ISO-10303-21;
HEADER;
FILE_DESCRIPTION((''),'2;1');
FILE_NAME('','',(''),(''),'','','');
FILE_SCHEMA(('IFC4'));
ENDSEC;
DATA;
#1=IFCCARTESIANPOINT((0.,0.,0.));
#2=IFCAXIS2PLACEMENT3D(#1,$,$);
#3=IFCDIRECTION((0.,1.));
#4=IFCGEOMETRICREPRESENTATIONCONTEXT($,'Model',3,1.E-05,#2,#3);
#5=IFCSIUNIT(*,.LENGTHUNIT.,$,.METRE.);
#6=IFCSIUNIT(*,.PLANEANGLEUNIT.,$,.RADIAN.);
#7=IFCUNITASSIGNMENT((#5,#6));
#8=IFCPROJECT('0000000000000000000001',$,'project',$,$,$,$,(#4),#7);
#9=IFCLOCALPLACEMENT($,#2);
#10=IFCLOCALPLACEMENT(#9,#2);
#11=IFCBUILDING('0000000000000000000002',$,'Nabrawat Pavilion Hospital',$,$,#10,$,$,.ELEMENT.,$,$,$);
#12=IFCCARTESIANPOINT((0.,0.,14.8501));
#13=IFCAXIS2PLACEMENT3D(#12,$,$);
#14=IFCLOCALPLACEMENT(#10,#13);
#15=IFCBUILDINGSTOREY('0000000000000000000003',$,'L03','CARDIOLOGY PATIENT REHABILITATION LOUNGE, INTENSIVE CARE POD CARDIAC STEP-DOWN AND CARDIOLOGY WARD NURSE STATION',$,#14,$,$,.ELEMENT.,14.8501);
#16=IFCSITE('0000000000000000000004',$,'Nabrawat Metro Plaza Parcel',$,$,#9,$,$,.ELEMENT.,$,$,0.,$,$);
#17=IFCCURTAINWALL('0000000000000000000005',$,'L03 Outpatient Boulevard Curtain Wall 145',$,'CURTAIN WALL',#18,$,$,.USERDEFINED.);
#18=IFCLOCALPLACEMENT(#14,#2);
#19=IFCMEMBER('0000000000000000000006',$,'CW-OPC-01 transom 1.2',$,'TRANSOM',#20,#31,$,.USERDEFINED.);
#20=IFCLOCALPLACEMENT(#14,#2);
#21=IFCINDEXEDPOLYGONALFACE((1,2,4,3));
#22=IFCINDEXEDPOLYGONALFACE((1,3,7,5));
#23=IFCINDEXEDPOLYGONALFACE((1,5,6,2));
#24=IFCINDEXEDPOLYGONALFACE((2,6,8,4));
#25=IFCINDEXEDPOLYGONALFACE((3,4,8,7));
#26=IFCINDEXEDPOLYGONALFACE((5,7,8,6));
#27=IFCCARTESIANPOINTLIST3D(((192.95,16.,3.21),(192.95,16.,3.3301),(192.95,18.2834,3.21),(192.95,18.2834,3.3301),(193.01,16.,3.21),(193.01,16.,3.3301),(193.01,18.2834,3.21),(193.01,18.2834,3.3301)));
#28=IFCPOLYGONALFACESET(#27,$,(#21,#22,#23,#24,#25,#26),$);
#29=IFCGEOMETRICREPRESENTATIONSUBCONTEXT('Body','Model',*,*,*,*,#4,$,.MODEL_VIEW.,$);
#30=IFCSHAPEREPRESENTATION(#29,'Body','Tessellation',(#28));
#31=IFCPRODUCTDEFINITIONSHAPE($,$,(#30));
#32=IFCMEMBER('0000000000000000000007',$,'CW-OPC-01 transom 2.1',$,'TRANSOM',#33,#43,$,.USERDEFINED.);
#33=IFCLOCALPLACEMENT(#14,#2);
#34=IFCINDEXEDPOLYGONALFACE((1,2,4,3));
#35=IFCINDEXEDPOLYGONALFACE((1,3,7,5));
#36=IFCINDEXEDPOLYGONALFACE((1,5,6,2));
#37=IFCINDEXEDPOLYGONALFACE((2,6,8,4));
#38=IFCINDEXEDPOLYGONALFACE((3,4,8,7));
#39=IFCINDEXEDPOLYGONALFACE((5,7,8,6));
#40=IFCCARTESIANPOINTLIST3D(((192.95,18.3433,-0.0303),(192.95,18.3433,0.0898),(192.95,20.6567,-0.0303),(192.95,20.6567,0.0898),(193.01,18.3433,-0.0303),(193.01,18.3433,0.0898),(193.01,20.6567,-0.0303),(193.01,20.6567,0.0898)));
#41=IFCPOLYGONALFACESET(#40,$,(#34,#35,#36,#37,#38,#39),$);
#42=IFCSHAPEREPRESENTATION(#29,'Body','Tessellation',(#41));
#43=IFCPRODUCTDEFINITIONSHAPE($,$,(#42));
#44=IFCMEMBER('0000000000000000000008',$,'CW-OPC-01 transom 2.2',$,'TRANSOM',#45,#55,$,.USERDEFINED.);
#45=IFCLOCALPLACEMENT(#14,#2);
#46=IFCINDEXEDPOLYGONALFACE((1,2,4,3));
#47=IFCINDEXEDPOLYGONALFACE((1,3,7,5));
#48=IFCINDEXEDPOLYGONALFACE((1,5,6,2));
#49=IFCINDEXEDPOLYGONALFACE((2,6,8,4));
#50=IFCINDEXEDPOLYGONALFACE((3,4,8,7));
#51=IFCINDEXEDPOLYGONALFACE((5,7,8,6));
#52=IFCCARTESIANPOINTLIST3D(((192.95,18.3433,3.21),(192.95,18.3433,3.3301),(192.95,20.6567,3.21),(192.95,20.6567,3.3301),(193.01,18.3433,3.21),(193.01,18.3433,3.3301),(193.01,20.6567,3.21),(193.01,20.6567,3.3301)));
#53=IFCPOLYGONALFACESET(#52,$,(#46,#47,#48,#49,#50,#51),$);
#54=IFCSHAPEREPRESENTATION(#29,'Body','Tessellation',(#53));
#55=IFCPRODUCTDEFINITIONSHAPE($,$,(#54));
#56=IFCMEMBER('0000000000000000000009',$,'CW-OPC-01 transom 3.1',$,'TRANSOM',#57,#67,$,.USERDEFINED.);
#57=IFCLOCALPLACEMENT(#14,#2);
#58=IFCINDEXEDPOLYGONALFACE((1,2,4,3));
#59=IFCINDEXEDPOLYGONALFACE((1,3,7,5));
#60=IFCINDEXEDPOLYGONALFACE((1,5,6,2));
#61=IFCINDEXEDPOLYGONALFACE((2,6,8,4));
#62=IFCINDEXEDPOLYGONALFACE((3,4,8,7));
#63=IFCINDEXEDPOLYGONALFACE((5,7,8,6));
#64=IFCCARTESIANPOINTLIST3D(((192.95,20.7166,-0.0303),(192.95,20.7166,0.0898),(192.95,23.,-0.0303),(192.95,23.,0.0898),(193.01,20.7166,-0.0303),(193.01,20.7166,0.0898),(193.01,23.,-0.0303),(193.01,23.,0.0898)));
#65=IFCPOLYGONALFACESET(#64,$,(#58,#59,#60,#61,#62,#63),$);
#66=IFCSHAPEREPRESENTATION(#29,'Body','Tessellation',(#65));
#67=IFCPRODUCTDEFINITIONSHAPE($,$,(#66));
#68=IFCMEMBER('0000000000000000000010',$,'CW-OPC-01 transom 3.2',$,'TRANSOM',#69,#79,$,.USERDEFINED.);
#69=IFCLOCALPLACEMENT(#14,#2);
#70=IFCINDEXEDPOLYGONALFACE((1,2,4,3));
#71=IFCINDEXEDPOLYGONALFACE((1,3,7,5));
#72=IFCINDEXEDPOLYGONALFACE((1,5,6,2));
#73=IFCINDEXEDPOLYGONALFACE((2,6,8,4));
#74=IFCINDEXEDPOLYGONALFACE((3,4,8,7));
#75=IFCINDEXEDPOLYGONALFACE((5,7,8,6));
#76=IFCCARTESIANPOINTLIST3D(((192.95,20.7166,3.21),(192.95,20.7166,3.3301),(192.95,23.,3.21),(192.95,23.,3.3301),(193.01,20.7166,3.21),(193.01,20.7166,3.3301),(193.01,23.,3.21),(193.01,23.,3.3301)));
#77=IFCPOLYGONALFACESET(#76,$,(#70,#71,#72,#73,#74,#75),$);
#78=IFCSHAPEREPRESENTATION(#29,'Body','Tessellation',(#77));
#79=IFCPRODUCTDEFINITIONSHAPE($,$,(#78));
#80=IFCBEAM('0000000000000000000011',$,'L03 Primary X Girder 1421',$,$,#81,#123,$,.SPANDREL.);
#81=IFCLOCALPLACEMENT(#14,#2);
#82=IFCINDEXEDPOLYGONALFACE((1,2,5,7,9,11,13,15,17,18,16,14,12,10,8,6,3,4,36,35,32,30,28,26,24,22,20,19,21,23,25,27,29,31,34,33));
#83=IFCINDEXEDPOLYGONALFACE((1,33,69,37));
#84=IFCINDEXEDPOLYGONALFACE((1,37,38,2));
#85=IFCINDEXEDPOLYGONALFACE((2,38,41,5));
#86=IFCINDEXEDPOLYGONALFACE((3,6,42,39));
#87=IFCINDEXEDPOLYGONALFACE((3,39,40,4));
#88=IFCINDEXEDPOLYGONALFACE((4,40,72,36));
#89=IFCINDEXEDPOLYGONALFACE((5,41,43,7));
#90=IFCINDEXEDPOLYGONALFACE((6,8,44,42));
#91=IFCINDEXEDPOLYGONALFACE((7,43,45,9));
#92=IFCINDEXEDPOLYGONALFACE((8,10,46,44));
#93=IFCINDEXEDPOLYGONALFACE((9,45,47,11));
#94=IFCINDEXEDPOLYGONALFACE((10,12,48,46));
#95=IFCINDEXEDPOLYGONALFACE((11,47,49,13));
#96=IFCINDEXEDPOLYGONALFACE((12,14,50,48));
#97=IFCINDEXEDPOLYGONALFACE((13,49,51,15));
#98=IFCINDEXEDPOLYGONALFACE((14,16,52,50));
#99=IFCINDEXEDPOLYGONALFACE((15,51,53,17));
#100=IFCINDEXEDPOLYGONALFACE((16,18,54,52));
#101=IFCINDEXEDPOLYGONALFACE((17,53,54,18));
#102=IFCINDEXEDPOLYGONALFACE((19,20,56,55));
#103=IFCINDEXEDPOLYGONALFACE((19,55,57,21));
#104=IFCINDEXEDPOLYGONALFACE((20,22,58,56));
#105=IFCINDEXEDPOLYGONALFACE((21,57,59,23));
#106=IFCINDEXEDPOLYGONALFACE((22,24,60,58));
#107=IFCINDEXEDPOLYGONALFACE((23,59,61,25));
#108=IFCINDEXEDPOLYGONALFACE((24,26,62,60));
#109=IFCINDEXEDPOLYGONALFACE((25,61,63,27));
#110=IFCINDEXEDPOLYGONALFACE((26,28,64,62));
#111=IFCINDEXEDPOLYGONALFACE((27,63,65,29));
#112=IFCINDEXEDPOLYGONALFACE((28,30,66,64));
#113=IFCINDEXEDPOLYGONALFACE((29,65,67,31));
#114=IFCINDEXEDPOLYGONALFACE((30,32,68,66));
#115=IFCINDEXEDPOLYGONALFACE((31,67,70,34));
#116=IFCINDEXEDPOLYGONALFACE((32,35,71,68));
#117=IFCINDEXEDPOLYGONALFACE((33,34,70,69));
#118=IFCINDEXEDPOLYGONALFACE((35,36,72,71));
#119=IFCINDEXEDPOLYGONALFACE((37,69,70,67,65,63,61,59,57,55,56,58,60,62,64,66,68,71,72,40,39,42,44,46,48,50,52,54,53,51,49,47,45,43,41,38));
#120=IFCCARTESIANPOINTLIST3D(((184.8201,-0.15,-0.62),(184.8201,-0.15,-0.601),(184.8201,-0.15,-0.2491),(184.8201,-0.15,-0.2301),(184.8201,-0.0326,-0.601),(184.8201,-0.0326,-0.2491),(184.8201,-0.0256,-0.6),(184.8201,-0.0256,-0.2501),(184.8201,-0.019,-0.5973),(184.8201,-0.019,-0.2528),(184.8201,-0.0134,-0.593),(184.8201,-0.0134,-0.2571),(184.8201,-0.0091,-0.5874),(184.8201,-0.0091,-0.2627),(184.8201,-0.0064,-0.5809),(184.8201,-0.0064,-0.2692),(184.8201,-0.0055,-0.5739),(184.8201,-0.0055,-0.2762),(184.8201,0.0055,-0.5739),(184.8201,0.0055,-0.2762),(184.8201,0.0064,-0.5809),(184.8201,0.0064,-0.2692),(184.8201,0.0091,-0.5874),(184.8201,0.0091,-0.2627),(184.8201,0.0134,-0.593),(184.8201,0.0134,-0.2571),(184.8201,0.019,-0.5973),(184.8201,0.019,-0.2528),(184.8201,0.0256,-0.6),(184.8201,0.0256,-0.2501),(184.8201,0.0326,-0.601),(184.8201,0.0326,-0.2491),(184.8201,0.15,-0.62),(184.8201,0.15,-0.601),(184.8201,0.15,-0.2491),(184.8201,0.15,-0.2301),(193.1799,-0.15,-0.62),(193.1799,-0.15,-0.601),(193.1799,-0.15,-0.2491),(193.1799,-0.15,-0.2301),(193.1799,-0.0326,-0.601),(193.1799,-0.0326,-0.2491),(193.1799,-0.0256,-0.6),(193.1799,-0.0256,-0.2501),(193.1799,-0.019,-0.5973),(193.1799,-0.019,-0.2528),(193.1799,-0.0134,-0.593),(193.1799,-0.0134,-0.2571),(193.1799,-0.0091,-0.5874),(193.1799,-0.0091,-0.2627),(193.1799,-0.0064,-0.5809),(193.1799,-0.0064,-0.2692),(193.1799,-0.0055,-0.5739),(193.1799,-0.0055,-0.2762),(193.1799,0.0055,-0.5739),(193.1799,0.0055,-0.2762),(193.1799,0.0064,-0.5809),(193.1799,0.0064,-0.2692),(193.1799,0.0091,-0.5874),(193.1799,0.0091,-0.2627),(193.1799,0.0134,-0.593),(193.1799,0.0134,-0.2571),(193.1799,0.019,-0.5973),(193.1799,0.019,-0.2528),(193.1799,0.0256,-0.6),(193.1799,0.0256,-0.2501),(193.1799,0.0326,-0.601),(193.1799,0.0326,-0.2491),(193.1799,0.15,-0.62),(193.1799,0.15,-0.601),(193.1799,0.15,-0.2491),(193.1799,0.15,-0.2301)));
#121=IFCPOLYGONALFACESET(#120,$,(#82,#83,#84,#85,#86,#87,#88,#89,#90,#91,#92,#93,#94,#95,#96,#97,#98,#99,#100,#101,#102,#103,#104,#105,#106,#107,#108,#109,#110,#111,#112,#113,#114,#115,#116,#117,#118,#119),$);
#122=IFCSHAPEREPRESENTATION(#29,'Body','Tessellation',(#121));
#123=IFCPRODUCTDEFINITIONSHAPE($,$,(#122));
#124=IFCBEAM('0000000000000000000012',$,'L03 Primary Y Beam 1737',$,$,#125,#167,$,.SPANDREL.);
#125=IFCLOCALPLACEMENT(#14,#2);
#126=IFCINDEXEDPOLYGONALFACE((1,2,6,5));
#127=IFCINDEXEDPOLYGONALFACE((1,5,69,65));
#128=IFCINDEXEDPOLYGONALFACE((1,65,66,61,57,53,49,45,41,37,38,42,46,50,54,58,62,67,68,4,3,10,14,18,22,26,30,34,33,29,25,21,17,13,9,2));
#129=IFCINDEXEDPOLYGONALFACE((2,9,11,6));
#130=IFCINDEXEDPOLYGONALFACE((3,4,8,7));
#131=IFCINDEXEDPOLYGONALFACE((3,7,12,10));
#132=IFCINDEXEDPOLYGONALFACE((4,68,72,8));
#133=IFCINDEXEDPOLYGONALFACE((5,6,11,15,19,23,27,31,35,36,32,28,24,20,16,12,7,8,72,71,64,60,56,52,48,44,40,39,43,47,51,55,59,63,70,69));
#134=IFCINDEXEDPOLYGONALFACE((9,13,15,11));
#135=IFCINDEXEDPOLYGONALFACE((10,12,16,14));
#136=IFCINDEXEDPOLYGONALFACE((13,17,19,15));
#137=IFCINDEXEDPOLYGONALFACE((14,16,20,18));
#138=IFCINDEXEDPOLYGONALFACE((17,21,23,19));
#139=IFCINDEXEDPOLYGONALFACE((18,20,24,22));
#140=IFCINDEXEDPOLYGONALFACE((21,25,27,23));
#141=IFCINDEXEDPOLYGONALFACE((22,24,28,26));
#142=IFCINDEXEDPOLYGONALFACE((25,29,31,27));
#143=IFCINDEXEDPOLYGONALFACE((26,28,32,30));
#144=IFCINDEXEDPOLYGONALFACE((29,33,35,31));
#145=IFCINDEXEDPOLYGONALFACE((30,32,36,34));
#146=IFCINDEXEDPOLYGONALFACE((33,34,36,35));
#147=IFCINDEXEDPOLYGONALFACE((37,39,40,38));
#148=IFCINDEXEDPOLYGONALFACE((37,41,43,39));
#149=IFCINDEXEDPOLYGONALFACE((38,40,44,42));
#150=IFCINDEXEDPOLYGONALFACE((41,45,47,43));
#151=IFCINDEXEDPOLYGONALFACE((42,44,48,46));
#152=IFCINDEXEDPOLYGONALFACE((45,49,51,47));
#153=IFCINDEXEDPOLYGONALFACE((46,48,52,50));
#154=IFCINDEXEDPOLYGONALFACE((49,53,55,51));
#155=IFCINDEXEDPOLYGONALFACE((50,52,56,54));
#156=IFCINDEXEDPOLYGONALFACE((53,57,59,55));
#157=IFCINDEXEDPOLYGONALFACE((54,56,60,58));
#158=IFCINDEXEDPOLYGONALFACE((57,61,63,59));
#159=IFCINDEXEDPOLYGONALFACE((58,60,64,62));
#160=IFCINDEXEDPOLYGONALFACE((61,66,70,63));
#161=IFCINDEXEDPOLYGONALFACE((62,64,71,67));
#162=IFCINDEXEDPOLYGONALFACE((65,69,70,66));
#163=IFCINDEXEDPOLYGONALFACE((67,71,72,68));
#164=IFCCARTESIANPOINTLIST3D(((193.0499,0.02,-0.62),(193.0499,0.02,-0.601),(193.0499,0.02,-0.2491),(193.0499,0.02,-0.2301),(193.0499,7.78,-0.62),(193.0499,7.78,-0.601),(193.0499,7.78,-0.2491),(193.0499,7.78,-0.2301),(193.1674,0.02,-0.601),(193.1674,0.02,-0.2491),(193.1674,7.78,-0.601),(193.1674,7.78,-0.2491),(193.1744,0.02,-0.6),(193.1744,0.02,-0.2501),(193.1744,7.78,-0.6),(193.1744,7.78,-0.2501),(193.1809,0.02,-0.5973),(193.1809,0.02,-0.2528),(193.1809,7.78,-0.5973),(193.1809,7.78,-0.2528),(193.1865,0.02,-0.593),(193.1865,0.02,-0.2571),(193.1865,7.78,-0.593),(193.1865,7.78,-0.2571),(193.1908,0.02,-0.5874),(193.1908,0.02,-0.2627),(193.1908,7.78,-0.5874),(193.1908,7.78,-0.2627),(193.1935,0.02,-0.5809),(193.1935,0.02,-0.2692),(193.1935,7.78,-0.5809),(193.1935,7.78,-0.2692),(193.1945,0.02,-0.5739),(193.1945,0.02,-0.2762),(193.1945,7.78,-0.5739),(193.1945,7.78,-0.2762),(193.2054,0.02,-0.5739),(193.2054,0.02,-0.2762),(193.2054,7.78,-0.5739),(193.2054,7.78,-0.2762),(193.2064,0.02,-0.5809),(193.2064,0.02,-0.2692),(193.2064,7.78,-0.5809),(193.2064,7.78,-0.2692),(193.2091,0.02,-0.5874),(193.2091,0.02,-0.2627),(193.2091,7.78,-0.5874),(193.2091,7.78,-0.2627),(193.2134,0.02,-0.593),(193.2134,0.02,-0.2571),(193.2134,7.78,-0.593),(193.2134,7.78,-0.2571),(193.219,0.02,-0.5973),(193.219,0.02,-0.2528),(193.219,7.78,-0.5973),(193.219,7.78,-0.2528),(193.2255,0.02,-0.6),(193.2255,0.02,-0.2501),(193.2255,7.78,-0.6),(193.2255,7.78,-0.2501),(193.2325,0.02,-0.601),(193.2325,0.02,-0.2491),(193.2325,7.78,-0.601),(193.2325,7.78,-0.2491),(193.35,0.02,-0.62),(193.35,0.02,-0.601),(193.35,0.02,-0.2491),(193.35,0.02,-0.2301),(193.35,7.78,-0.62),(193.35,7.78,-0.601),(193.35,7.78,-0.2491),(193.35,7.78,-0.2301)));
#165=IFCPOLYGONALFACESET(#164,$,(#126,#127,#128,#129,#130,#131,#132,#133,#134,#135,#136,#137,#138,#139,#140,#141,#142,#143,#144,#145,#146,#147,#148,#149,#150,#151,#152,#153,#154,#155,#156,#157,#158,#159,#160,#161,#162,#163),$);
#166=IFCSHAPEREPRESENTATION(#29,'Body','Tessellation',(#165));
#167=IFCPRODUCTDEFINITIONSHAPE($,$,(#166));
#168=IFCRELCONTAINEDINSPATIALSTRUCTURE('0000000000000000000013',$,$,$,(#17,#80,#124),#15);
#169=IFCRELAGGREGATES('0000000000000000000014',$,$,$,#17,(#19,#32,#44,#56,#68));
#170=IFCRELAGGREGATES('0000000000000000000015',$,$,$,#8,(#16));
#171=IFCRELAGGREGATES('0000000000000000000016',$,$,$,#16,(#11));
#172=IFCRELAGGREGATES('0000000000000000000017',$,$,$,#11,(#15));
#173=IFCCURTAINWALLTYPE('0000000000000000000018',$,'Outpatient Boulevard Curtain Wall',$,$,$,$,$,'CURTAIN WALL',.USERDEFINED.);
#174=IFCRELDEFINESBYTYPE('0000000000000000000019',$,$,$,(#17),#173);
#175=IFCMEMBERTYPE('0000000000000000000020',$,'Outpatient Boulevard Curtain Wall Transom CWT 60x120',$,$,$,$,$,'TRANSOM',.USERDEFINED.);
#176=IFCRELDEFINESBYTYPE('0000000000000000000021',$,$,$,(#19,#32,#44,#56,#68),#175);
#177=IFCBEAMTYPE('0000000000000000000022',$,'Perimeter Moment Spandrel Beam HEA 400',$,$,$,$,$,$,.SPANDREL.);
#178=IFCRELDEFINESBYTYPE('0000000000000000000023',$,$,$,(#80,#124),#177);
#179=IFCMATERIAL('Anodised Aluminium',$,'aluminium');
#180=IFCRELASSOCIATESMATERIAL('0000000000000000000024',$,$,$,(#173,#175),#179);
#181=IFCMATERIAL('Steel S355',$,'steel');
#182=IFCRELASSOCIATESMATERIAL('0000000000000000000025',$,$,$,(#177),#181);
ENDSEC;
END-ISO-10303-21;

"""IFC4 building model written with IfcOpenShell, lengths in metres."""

from ifc_helpers import new_model, si_unit, direction, frame, origin, origin_2d, place, context, subcontext, project, spatial, rectangle, i_section, extrude, material, material_profile, profile_set, type_object, element, aggregate, save


model = new_model("IFC4")

# Units and contexts
model_context = context("Model", 3, precision=1e-05, world=origin(), true_north=direction((0.0, 1.0)))
body_context = subcontext(model_context, "Body", "Model", "MODEL_VIEW")
ifc_project = project(units=[si_unit("LENGTHUNIT", "METRE"), si_unit("PLANEANGLEUNIT", "RADIAN")], contexts=[model_context])

# Site, building, storey
site_placement = place(None, origin())
site = spatial("IfcSite", under=ifc_project, at=site_placement, Name="Nabrawat Metro Plaza Parcel", CompositionType="ELEMENT", RefElevation=0.0)
building_placement = place(site_placement, origin())
building = spatial("IfcBuilding", under=site, at=building_placement, Name="Nabrawat Pavilion Hospital", CompositionType="ELEMENT")
storey_placement = place(building_placement, frame((0.0, 0.0, 14.8501)))
storey = spatial("IfcBuildingStorey", under=building, at=storey_placement, Name="L03", Description="CARDIOLOGY PATIENT REHABILITATION LOUNGE, INTENSIVE CARE POD CARDIAC STEP-DOWN AND CARDIOLOGY WARD NURSE STATION", CompositionType="ELEMENT", Elevation=14.8501)

# Shared definitions
ifc_material_1 = material(Name="Steel S355", Category="steel")

# Curtain wall, members
ifc_material_2 = material(Name="Anodised Aluminium", Category="aluminium")
curtain_wall_type = type_object("IfcCurtainWallType", Name="Outpatient Boulevard Curtain Wall", ElementType="CURTAIN WALL", PredefinedType="USERDEFINED", material=ifc_material_2)
curtain_wall_placement = place(storey_placement, origin())
curtain_wall = element("IfcCurtainWall", 1, at=curtain_wall_placement, inside=storey, type_object=curtain_wall_type, Name="L03 Outpatient Boulevard Curtain Wall 145", ObjectType="CURTAIN WALL", PredefinedType="USERDEFINED")
ifc_material_profile_1 = material_profile(ifc_material_2, rectangle(XDim=0.0601, YDim=0.1201, at=origin_2d()), Name="CWT 60x120")
ifc_profile_set_1 = profile_set([ifc_material_profile_1], Name="Anodised Aluminium")
member_type_1 = type_object("IfcMemberType", Name="Outpatient Boulevard Curtain Wall Transom CWT 60x120", ElementType="TRANSOM", PredefinedType="USERDEFINED", material=ifc_profile_set_1)
member_1_placement = place(storey_placement, frame((192.98, 16.0, 3.27), z_axis=(0.0, 1.0, 0.0), x_axis=(-1.0, 0.0, 0.0)))
member_1 = element("IfcMember", 2, at=member_1_placement, type_object=member_type_1, Name="CW-OPC-01 transom 1.2", ObjectType="TRANSOM", PredefinedType="USERDEFINED", context=body_context, shape_type="SweptSolid", body=[
    extrude(rectangle(XDim=0.0601, YDim=0.1201, at=origin_2d()), origin(), (0.0, 0.0, 1.0), 2.2834),
])
member_2_placement = place(storey_placement, frame((192.98, 18.3433, 0.0298), z_axis=(0.0, 1.0, 0.0), x_axis=(-1.0, 0.0, 0.0)))
member_2 = element("IfcMember", 3, at=member_2_placement, type_object=member_type_1, Name="CW-OPC-01 transom 2.1", ObjectType="TRANSOM", PredefinedType="USERDEFINED", context=body_context, shape_type="SweptSolid", body=[
    extrude(rectangle(XDim=0.0601, YDim=0.1201, at=origin_2d()), origin(), (0.0, 0.0, 1.0), 2.3135),
])
member_3_placement = place(storey_placement, frame((192.98, 18.3433, 3.27), z_axis=(0.0, 1.0, 0.0), x_axis=(-1.0, 0.0, 0.0)))
member_3 = element("IfcMember", 4, at=member_3_placement, type_object=member_type_1, Name="CW-OPC-01 transom 2.2", ObjectType="TRANSOM", PredefinedType="USERDEFINED", context=body_context, shape_type="SweptSolid", body=[
    extrude(rectangle(XDim=0.0601, YDim=0.1201, at=origin_2d()), origin(), (0.0, 0.0, 1.0), 2.3135),
])
member_4_placement = place(storey_placement, frame((192.98, 20.7166, 0.0298), z_axis=(0.0, 1.0, 0.0), x_axis=(-1.0, 0.0, 0.0)))
member_4 = element("IfcMember", 5, at=member_4_placement, type_object=member_type_1, Name="CW-OPC-01 transom 3.1", ObjectType="TRANSOM", PredefinedType="USERDEFINED", context=body_context, shape_type="SweptSolid", body=[
    extrude(rectangle(XDim=0.0601, YDim=0.1201, at=origin_2d()), origin(), (0.0, 0.0, 1.0), 2.2834),
])
member_5_placement = place(storey_placement, frame((192.98, 20.7166, 3.27), z_axis=(0.0, 1.0, 0.0), x_axis=(-1.0, 0.0, 0.0)))
member_5 = element("IfcMember", 6, at=member_5_placement, type_object=member_type_1, Name="CW-OPC-01 transom 3.2", ObjectType="TRANSOM", PredefinedType="USERDEFINED", context=body_context, shape_type="SweptSolid", body=[
    extrude(rectangle(XDim=0.0601, YDim=0.1201, at=origin_2d()), origin(), (0.0, 0.0, 1.0), 2.2834),
])

# Beams
ifc_material_profile_2 = material_profile(ifc_material_1, i_section(OverallWidth=0.3, OverallDepth=0.3899, WebThickness=0.011, FlangeThickness=0.019, FilletRadius=0.0271, at=origin_2d()), Name="HEA 400")
ifc_profile_set_2 = profile_set([ifc_material_profile_2], Name="Steel S355")
beam_type_1 = type_object("IfcBeamType", Name="Perimeter Moment Spandrel Beam HEA 400", PredefinedType="SPANDREL", material=ifc_profile_set_2)
beam_1_placement = place(storey_placement, frame((184.8201, 0.0, -0.425), z_axis=(1.0, 0.0, 0.0), x_axis=(0.0, 1.0, 0.0)))
element("IfcBeam", 7, at=beam_1_placement, inside=storey, type_object=beam_type_1, Name="L03 Primary X Girder 1421", PredefinedType="SPANDREL", context=body_context, shape_type="SweptSolid", body=[
    extrude(i_section(OverallWidth=0.3, OverallDepth=0.3899, WebThickness=0.011, FlangeThickness=0.019, FilletRadius=0.0271, at=origin_2d()), origin(), (0.0, 0.0, 1.0), 8.3599),
])
for number, where, z_axis, x_axis, name in (
    (8, (193.2, 0.02, -0.425), (0.0, 1.0, 0.0), (-1.0, 0.0, 0.0), "L03 Primary Y Beam 1737"),
):
    element("IfcBeam", number, at=place(storey_placement, frame(where, z_axis=z_axis, x_axis=x_axis)), inside=storey, type_object=beam_type_1, Name=name, PredefinedType="SPANDREL", context=body_context, shape_type="SweptSolid", body=[
        extrude(i_section(OverallWidth=0.3, OverallDepth=0.3899, WebThickness=0.011, FlangeThickness=0.019, FilletRadius=0.0271, at=origin_2d()), origin(), (0.0, 0.0, 1.0), 7.76),
    ])

aggregate(curtain_wall, [member_1, member_2, member_3, member_4, member_5])

save(model, "model.ifc")
